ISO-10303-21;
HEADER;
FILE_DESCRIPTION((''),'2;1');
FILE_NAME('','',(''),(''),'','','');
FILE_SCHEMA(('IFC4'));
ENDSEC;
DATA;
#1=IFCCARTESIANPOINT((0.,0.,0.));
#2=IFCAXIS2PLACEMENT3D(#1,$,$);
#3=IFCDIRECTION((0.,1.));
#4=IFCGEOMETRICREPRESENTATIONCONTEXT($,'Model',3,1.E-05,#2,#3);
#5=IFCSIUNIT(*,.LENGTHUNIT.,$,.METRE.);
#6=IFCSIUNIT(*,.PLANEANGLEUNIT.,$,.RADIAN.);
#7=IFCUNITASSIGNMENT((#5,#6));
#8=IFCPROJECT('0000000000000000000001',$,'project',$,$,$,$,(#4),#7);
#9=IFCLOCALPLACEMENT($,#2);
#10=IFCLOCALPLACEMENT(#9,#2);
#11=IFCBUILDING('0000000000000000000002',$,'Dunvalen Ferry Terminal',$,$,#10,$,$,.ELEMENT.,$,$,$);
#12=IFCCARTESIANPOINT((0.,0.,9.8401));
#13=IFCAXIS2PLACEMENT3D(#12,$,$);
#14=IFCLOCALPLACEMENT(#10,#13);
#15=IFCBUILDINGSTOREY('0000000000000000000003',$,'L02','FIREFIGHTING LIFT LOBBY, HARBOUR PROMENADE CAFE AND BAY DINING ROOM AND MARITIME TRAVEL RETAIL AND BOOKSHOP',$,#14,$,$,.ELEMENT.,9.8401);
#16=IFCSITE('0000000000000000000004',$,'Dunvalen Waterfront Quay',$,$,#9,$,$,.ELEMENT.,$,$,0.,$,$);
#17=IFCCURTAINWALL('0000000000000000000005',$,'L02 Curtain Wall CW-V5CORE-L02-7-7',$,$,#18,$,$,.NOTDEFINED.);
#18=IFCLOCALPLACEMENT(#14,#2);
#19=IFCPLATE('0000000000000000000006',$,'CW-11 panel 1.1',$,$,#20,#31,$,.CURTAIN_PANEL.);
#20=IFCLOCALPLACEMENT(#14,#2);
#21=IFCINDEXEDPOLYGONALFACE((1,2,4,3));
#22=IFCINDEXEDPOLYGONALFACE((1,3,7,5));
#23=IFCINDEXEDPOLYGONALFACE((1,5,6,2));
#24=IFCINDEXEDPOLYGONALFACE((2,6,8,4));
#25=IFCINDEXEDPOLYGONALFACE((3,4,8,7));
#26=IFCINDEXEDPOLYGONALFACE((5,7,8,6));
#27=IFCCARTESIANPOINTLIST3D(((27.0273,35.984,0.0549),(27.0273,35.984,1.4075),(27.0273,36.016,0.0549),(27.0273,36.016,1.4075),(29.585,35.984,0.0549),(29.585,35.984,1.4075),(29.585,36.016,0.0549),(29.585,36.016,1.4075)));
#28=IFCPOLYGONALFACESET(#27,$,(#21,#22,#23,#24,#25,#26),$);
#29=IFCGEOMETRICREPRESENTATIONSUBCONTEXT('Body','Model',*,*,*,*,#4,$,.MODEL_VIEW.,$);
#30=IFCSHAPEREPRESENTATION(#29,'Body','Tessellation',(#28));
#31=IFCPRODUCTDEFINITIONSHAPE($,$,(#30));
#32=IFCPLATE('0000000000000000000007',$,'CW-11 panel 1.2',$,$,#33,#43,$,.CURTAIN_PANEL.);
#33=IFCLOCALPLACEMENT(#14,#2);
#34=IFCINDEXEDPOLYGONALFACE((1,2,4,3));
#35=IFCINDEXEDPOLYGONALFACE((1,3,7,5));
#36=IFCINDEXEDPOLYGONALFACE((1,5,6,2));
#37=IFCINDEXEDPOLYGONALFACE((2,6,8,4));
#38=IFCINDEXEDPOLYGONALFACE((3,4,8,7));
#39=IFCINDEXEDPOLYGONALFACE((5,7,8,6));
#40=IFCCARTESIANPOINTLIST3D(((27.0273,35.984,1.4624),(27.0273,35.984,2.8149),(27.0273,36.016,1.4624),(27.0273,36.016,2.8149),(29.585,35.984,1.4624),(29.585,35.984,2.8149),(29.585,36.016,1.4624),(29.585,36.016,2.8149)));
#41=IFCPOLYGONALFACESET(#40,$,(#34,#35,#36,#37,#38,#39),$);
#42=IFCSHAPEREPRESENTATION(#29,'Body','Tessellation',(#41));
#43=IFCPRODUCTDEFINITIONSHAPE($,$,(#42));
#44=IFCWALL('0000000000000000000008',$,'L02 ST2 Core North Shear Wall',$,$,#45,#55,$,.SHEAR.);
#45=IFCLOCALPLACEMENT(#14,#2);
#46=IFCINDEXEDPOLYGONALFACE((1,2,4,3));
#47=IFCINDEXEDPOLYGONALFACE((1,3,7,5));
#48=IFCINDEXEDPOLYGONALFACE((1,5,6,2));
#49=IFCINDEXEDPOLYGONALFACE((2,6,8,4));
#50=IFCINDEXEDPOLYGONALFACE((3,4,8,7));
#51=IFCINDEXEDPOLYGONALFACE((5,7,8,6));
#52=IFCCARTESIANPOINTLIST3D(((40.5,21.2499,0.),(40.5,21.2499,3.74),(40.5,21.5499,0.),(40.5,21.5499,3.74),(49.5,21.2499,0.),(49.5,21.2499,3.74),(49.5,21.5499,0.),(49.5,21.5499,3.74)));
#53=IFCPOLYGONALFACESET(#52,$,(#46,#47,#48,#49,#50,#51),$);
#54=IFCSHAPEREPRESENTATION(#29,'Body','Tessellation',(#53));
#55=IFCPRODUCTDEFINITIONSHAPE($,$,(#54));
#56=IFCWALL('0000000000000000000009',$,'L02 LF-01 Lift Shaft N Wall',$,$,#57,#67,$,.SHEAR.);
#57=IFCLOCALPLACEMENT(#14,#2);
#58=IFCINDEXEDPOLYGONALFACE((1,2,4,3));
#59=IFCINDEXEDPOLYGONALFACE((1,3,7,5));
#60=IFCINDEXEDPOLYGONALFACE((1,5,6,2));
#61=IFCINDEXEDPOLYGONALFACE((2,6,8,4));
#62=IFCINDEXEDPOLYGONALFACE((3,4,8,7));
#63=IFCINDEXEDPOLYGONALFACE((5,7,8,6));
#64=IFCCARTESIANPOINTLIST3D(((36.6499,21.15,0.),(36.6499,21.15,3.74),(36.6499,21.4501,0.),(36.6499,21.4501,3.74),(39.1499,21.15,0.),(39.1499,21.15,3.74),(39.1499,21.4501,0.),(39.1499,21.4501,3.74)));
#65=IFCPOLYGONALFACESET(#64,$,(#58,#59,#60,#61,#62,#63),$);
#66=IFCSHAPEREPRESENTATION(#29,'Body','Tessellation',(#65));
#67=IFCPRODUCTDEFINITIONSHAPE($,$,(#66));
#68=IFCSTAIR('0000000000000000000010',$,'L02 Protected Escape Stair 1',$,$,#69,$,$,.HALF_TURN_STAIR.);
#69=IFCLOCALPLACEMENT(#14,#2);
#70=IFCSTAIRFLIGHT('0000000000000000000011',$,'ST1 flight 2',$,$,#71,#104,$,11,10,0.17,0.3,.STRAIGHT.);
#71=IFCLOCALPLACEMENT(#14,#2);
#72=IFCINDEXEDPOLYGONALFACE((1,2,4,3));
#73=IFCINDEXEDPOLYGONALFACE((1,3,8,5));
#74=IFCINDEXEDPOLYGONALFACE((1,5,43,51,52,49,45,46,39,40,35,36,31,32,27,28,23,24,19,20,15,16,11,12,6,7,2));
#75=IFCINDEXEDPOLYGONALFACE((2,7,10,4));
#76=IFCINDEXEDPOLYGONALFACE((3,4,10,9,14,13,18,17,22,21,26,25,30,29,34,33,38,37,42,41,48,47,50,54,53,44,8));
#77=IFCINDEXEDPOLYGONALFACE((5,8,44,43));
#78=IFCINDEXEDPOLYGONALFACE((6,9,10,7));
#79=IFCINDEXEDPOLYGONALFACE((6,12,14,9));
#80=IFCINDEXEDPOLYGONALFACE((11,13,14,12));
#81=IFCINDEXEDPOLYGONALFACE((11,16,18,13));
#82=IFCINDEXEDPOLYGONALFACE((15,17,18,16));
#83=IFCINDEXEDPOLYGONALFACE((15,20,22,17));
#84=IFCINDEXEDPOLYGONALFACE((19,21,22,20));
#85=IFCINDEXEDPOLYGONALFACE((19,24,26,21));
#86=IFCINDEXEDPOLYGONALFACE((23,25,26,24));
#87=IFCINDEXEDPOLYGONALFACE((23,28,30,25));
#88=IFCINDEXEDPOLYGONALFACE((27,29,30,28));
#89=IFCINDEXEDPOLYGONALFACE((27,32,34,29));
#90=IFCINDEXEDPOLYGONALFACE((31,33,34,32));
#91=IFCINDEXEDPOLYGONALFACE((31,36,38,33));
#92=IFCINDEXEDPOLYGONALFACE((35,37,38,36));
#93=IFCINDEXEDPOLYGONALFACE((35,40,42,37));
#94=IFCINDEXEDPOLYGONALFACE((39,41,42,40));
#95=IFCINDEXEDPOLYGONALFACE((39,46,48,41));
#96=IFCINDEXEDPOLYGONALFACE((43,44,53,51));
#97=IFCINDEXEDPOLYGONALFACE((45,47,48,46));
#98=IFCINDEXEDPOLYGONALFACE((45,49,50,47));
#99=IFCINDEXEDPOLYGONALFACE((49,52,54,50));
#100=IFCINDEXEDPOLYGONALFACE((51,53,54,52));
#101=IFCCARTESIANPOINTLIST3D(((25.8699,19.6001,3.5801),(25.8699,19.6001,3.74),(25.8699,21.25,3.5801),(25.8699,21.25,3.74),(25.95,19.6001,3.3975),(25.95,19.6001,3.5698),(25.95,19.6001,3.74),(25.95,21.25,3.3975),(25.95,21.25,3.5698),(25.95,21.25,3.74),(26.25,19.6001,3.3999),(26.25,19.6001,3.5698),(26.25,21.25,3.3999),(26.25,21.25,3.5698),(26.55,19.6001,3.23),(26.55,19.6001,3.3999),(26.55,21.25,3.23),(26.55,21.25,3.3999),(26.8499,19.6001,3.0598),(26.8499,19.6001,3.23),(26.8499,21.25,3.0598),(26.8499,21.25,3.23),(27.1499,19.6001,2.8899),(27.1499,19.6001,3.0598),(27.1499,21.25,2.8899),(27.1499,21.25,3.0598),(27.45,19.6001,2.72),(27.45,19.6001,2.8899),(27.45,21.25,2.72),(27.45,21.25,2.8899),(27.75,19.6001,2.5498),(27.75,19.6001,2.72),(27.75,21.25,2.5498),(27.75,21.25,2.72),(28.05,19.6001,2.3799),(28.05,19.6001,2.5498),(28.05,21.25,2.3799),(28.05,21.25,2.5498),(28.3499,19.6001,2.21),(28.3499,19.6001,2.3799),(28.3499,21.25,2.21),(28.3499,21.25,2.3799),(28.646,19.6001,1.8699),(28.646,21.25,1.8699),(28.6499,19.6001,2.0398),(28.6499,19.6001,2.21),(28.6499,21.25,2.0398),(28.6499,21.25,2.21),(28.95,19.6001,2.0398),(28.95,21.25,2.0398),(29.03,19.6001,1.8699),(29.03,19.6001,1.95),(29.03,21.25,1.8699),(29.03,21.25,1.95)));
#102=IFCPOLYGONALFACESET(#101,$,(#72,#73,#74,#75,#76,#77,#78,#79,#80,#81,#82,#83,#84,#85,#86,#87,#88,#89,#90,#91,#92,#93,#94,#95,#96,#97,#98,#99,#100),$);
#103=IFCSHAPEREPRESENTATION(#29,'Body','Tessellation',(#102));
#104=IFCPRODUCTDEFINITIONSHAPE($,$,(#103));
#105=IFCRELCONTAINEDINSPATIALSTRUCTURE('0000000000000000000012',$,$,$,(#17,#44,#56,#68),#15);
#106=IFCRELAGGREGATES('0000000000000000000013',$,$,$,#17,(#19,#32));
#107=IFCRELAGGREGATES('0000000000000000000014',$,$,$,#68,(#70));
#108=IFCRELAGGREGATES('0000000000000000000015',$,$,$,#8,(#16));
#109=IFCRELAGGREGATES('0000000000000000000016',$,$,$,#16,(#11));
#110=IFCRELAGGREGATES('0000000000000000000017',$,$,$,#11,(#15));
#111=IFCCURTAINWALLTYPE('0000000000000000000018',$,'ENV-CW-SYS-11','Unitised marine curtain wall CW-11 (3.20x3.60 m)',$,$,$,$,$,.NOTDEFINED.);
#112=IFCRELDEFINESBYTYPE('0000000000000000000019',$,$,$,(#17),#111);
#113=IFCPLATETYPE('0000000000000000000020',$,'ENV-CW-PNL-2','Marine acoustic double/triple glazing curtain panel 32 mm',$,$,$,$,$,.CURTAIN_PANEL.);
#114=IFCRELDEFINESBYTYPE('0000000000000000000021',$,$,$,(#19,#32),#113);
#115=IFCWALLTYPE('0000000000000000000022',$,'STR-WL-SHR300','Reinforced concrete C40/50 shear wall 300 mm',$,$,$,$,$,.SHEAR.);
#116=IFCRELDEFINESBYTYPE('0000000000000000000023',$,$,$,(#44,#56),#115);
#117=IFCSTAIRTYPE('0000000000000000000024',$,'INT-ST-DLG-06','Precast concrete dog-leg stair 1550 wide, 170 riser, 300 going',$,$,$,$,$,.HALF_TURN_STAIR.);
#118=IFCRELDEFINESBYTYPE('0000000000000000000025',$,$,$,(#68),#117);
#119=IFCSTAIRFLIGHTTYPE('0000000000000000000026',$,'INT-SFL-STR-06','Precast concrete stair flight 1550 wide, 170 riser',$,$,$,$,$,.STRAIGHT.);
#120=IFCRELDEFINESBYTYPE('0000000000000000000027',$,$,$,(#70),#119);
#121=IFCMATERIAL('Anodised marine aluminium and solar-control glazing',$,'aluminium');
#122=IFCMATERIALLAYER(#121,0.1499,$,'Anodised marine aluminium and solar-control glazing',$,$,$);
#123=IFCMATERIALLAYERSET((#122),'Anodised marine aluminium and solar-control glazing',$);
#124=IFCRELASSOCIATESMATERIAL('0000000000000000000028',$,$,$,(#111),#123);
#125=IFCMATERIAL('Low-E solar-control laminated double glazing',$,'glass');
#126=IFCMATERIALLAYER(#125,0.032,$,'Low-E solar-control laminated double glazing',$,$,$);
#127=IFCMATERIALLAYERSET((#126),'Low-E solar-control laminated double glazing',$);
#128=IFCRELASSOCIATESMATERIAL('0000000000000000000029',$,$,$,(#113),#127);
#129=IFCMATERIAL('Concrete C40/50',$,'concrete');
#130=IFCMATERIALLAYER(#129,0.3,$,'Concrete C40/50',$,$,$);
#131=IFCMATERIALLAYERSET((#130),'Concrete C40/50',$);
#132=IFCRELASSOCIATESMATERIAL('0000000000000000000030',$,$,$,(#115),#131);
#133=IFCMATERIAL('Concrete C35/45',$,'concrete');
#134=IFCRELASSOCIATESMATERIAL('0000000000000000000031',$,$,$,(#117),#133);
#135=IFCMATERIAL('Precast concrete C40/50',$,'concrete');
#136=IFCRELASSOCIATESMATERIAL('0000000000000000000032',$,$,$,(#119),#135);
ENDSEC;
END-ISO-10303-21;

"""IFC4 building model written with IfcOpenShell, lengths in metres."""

from ifc_helpers import new_model, si_unit, direction, frame, frame_2d, origin, origin_2d, place, context, subcontext, project, spatial, polyline, rectangle, outline, extrude, material, layer, layer_set, type_object, element, aggregate, save


model = new_model("IFC4")

# Units and contexts
model_context = context("Model", 3, precision=1e-05, world=origin(), true_north=direction((0.0, 1.0)))
body_context = subcontext(model_context, "Body", "Model", "MODEL_VIEW")
ifc_project = project(units=[si_unit("LENGTHUNIT", "METRE"), si_unit("PLANEANGLEUNIT", "RADIAN")], contexts=[model_context])

# Site, building, storey
site_placement = place(None, origin())
site = spatial("IfcSite", under=ifc_project, at=site_placement, Name="Dunvalen Waterfront Quay", CompositionType="ELEMENT", RefElevation=0.0)
building_placement = place(site_placement, origin())
building = spatial("IfcBuilding", under=site, at=building_placement, Name="Dunvalen Ferry Terminal", CompositionType="ELEMENT")
storey_placement = place(building_placement, frame((0.0, 0.0, 9.8401)))
storey = spatial("IfcBuildingStorey", under=building, at=storey_placement, Name="L02", Description="FIREFIGHTING LIFT LOBBY, HARBOUR PROMENADE CAFE AND BAY DINING ROOM AND MARITIME TRAVEL RETAIL AND BOOKSHOP", CompositionType="ELEMENT", Elevation=9.8401)

# Shared definitions
ifc_material_1 = material(Name="Concrete C40/50", Category="concrete")

# Shared definitions
ifc_material_2 = material(Name="Anodised marine aluminium and solar-control glazing", Category="aluminium")
ifc_layer_1 = layer(ifc_material_2, 0.1499, Name="Anodised marine aluminium and solar-control glazing")
ifc_layer_set_1 = layer_set([ifc_layer_1], Name="Anodised marine aluminium and solar-control glazing")
curtain_wall_type = type_object("IfcCurtainWallType", Name="ENV-CW-SYS-11", Description="Unitised marine curtain wall CW-11 (3.20x3.60 m)", PredefinedType="NOTDEFINED", material=ifc_layer_set_1)

# Curtain wall
curtain_wall_1_placement = place(storey_placement, origin())
curtain_wall_1 = element("IfcCurtainWall", 1, at=curtain_wall_1_placement, inside=storey, type_object=curtain_wall_type, Name="L02 Curtain Wall CW-V5CORE-L02-7-7", PredefinedType="NOTDEFINED")

# Shared definitions
ifc_material_3 = material(Name="Concrete C35/45", Category="concrete")

# Plates
ifc_material_4 = material(Name="Low-E solar-control laminated double glazing", Category="glass")
ifc_layer_2 = layer(ifc_material_4, 0.032, Name="Low-E solar-control laminated double glazing")
ifc_layer_set_2 = layer_set([ifc_layer_2], Name="Low-E solar-control laminated double glazing")
plate_type = type_object("IfcPlateType", Name="ENV-CW-PNL-2", Description="Marine acoustic double/triple glazing curtain panel 32 mm", PredefinedType="CURTAIN_PANEL", material=ifc_layer_set_2)
plate_1_placement = place(storey_placement, frame((28.3062, 36.0, 0.0549), z_axis=(0.0, 0.0, 1.0), x_axis=(-1.0, 0.0, 0.0)))
plate_1 = element("IfcPlate", 2, at=plate_1_placement, type_object=plate_type, Name="CW-11 panel 1.1", PredefinedType="CURTAIN_PANEL", context=body_context, shape_type="SweptSolid", body=[
    extrude(rectangle(XDim=2.5576, YDim=0.032, at=origin_2d()), origin(), (0.0, 0.0, 1.0), 1.3525),
])
plate_2_placement = place(storey_placement, frame((28.3062, 36.0, 1.4624), z_axis=(0.0, 0.0, 1.0), x_axis=(-1.0, 0.0, 0.0)))
plate_2 = element("IfcPlate", 3, at=plate_2_placement, type_object=plate_type, Name="CW-11 panel 1.2", PredefinedType="CURTAIN_PANEL", context=body_context, shape_type="SweptSolid", body=[
    extrude(rectangle(XDim=2.5576, YDim=0.032, at=origin_2d()), origin(), (0.0, 0.0, 1.0), 1.3525),
])
aggregate(curtain_wall_1, [plate_1, plate_2])

# Walls
ifc_layer_3 = layer(ifc_material_1, 0.3, Name="Concrete C40/50")
ifc_layer_set_3 = layer_set([ifc_layer_3], Name="Concrete C40/50")
wall_type = type_object("IfcWallType", Name="STR-WL-SHR300", Description="Reinforced concrete C40/50 shear wall 300 mm", PredefinedType="SHEAR", material=ifc_layer_set_3)
wall_1_placement = place(storey_placement, frame((40.5, 21.3999, 0.0), z_axis=(0.0, 0.0, 1.0), x_axis=(1.0, 0.0, 0.0)))
element("IfcWall", 4, at=wall_1_placement, inside=storey, type_object=wall_type, Name="L02 ST2 Core North Shear Wall", PredefinedType="SHEAR", context=body_context, shape_type="SweptSolid", body=[
    extrude(rectangle(XDim=9.0, YDim=0.3, at=frame_2d((4.5, 0.0))), origin(), (0.0, 0.0, 1.0), 3.74),
])
wall_2_placement = place(storey_placement, frame((36.6499, 21.3, 0.0), z_axis=(0.0, 0.0, 1.0), x_axis=(1.0, 0.0, 0.0)))
element("IfcWall", 5, at=wall_2_placement, inside=storey, type_object=wall_type, Name="L02 LF-01 Lift Shaft N Wall", PredefinedType="SHEAR", context=body_context, shape_type="SweptSolid", body=[
    extrude(rectangle(XDim=2.5, YDim=0.3, at=frame_2d((1.25, 0.0))), origin(), (0.0, 0.0, 1.0), 3.74),
])

# Stair, stair flight
stair_type = type_object("IfcStairType", Name="INT-ST-DLG-06", Description="Precast concrete dog-leg stair 1550 wide, 170 riser, 300 going", PredefinedType="HALF_TURN_STAIR", material=ifc_material_3)
stair_placement = place(storey_placement, origin())
stair = element("IfcStair", 6, at=stair_placement, inside=storey, type_object=stair_type, Name="L02 Protected Escape Stair 1", PredefinedType="HALF_TURN_STAIR")
ifc_material_5 = material(Name="Precast concrete C40/50", Category="concrete")
stair_flight_type = type_object("IfcStairFlightType", Name="INT-SFL-STR-06", Description="Precast concrete stair flight 1550 wide, 170 riser", PredefinedType="STRAIGHT", material=ifc_material_5)
stair_flight_placement = place(storey_placement, frame((28.95, 20.425, 1.8699), z_axis=(0.0, 0.0, 1.0), x_axis=(-1.0, 0.0, 0.0)))
stair_flight = element("IfcStairFlight", 7, at=stair_flight_placement, type_object=stair_flight_type, Name="ST1 flight 2", NumberOfRisers=11, NumberOfTreads=10, PredefinedType="STRAIGHT", RiserHeight=0.17, TreadLength=0.3, context=body_context, shape_type="SweptSolid", body=[
    extrude(outline(polyline([(-0.0801, 0.0), (-0.0801, 0.0801), (0.0, 0.1699), (0.3, 0.1699), (0.3, 0.3401), (0.6001, 0.3401), (0.6001, 0.51), (0.8999, 0.51), (0.8999, 0.6799), (1.2, 0.6799), (1.2, 0.8501), (1.5, 0.8501), (1.5, 1.02), (1.8, 1.02), (1.8, 1.1899), (2.1001, 1.1899), (2.1001, 1.3601), (2.3999, 1.3601), (2.3999, 1.53), (2.7, 1.53), (2.7, 1.7), (3.0, 1.7), (3.0, 1.8701), (3.0801, 1.8701), (3.0801, 1.7102), (3.0, 1.5276), (0.304, 0.0), (-0.0801, 0.0)])), frame((0.0, 0.825, 0.0), z_axis=(0.0, -1.0, 0.0), x_axis=(1.0, 0.0, 0.0)), (0.0, 0.0, 1.0), 1.6499),
])
aggregate(stair, [stair_flight])

save(model, "model.ifc")
